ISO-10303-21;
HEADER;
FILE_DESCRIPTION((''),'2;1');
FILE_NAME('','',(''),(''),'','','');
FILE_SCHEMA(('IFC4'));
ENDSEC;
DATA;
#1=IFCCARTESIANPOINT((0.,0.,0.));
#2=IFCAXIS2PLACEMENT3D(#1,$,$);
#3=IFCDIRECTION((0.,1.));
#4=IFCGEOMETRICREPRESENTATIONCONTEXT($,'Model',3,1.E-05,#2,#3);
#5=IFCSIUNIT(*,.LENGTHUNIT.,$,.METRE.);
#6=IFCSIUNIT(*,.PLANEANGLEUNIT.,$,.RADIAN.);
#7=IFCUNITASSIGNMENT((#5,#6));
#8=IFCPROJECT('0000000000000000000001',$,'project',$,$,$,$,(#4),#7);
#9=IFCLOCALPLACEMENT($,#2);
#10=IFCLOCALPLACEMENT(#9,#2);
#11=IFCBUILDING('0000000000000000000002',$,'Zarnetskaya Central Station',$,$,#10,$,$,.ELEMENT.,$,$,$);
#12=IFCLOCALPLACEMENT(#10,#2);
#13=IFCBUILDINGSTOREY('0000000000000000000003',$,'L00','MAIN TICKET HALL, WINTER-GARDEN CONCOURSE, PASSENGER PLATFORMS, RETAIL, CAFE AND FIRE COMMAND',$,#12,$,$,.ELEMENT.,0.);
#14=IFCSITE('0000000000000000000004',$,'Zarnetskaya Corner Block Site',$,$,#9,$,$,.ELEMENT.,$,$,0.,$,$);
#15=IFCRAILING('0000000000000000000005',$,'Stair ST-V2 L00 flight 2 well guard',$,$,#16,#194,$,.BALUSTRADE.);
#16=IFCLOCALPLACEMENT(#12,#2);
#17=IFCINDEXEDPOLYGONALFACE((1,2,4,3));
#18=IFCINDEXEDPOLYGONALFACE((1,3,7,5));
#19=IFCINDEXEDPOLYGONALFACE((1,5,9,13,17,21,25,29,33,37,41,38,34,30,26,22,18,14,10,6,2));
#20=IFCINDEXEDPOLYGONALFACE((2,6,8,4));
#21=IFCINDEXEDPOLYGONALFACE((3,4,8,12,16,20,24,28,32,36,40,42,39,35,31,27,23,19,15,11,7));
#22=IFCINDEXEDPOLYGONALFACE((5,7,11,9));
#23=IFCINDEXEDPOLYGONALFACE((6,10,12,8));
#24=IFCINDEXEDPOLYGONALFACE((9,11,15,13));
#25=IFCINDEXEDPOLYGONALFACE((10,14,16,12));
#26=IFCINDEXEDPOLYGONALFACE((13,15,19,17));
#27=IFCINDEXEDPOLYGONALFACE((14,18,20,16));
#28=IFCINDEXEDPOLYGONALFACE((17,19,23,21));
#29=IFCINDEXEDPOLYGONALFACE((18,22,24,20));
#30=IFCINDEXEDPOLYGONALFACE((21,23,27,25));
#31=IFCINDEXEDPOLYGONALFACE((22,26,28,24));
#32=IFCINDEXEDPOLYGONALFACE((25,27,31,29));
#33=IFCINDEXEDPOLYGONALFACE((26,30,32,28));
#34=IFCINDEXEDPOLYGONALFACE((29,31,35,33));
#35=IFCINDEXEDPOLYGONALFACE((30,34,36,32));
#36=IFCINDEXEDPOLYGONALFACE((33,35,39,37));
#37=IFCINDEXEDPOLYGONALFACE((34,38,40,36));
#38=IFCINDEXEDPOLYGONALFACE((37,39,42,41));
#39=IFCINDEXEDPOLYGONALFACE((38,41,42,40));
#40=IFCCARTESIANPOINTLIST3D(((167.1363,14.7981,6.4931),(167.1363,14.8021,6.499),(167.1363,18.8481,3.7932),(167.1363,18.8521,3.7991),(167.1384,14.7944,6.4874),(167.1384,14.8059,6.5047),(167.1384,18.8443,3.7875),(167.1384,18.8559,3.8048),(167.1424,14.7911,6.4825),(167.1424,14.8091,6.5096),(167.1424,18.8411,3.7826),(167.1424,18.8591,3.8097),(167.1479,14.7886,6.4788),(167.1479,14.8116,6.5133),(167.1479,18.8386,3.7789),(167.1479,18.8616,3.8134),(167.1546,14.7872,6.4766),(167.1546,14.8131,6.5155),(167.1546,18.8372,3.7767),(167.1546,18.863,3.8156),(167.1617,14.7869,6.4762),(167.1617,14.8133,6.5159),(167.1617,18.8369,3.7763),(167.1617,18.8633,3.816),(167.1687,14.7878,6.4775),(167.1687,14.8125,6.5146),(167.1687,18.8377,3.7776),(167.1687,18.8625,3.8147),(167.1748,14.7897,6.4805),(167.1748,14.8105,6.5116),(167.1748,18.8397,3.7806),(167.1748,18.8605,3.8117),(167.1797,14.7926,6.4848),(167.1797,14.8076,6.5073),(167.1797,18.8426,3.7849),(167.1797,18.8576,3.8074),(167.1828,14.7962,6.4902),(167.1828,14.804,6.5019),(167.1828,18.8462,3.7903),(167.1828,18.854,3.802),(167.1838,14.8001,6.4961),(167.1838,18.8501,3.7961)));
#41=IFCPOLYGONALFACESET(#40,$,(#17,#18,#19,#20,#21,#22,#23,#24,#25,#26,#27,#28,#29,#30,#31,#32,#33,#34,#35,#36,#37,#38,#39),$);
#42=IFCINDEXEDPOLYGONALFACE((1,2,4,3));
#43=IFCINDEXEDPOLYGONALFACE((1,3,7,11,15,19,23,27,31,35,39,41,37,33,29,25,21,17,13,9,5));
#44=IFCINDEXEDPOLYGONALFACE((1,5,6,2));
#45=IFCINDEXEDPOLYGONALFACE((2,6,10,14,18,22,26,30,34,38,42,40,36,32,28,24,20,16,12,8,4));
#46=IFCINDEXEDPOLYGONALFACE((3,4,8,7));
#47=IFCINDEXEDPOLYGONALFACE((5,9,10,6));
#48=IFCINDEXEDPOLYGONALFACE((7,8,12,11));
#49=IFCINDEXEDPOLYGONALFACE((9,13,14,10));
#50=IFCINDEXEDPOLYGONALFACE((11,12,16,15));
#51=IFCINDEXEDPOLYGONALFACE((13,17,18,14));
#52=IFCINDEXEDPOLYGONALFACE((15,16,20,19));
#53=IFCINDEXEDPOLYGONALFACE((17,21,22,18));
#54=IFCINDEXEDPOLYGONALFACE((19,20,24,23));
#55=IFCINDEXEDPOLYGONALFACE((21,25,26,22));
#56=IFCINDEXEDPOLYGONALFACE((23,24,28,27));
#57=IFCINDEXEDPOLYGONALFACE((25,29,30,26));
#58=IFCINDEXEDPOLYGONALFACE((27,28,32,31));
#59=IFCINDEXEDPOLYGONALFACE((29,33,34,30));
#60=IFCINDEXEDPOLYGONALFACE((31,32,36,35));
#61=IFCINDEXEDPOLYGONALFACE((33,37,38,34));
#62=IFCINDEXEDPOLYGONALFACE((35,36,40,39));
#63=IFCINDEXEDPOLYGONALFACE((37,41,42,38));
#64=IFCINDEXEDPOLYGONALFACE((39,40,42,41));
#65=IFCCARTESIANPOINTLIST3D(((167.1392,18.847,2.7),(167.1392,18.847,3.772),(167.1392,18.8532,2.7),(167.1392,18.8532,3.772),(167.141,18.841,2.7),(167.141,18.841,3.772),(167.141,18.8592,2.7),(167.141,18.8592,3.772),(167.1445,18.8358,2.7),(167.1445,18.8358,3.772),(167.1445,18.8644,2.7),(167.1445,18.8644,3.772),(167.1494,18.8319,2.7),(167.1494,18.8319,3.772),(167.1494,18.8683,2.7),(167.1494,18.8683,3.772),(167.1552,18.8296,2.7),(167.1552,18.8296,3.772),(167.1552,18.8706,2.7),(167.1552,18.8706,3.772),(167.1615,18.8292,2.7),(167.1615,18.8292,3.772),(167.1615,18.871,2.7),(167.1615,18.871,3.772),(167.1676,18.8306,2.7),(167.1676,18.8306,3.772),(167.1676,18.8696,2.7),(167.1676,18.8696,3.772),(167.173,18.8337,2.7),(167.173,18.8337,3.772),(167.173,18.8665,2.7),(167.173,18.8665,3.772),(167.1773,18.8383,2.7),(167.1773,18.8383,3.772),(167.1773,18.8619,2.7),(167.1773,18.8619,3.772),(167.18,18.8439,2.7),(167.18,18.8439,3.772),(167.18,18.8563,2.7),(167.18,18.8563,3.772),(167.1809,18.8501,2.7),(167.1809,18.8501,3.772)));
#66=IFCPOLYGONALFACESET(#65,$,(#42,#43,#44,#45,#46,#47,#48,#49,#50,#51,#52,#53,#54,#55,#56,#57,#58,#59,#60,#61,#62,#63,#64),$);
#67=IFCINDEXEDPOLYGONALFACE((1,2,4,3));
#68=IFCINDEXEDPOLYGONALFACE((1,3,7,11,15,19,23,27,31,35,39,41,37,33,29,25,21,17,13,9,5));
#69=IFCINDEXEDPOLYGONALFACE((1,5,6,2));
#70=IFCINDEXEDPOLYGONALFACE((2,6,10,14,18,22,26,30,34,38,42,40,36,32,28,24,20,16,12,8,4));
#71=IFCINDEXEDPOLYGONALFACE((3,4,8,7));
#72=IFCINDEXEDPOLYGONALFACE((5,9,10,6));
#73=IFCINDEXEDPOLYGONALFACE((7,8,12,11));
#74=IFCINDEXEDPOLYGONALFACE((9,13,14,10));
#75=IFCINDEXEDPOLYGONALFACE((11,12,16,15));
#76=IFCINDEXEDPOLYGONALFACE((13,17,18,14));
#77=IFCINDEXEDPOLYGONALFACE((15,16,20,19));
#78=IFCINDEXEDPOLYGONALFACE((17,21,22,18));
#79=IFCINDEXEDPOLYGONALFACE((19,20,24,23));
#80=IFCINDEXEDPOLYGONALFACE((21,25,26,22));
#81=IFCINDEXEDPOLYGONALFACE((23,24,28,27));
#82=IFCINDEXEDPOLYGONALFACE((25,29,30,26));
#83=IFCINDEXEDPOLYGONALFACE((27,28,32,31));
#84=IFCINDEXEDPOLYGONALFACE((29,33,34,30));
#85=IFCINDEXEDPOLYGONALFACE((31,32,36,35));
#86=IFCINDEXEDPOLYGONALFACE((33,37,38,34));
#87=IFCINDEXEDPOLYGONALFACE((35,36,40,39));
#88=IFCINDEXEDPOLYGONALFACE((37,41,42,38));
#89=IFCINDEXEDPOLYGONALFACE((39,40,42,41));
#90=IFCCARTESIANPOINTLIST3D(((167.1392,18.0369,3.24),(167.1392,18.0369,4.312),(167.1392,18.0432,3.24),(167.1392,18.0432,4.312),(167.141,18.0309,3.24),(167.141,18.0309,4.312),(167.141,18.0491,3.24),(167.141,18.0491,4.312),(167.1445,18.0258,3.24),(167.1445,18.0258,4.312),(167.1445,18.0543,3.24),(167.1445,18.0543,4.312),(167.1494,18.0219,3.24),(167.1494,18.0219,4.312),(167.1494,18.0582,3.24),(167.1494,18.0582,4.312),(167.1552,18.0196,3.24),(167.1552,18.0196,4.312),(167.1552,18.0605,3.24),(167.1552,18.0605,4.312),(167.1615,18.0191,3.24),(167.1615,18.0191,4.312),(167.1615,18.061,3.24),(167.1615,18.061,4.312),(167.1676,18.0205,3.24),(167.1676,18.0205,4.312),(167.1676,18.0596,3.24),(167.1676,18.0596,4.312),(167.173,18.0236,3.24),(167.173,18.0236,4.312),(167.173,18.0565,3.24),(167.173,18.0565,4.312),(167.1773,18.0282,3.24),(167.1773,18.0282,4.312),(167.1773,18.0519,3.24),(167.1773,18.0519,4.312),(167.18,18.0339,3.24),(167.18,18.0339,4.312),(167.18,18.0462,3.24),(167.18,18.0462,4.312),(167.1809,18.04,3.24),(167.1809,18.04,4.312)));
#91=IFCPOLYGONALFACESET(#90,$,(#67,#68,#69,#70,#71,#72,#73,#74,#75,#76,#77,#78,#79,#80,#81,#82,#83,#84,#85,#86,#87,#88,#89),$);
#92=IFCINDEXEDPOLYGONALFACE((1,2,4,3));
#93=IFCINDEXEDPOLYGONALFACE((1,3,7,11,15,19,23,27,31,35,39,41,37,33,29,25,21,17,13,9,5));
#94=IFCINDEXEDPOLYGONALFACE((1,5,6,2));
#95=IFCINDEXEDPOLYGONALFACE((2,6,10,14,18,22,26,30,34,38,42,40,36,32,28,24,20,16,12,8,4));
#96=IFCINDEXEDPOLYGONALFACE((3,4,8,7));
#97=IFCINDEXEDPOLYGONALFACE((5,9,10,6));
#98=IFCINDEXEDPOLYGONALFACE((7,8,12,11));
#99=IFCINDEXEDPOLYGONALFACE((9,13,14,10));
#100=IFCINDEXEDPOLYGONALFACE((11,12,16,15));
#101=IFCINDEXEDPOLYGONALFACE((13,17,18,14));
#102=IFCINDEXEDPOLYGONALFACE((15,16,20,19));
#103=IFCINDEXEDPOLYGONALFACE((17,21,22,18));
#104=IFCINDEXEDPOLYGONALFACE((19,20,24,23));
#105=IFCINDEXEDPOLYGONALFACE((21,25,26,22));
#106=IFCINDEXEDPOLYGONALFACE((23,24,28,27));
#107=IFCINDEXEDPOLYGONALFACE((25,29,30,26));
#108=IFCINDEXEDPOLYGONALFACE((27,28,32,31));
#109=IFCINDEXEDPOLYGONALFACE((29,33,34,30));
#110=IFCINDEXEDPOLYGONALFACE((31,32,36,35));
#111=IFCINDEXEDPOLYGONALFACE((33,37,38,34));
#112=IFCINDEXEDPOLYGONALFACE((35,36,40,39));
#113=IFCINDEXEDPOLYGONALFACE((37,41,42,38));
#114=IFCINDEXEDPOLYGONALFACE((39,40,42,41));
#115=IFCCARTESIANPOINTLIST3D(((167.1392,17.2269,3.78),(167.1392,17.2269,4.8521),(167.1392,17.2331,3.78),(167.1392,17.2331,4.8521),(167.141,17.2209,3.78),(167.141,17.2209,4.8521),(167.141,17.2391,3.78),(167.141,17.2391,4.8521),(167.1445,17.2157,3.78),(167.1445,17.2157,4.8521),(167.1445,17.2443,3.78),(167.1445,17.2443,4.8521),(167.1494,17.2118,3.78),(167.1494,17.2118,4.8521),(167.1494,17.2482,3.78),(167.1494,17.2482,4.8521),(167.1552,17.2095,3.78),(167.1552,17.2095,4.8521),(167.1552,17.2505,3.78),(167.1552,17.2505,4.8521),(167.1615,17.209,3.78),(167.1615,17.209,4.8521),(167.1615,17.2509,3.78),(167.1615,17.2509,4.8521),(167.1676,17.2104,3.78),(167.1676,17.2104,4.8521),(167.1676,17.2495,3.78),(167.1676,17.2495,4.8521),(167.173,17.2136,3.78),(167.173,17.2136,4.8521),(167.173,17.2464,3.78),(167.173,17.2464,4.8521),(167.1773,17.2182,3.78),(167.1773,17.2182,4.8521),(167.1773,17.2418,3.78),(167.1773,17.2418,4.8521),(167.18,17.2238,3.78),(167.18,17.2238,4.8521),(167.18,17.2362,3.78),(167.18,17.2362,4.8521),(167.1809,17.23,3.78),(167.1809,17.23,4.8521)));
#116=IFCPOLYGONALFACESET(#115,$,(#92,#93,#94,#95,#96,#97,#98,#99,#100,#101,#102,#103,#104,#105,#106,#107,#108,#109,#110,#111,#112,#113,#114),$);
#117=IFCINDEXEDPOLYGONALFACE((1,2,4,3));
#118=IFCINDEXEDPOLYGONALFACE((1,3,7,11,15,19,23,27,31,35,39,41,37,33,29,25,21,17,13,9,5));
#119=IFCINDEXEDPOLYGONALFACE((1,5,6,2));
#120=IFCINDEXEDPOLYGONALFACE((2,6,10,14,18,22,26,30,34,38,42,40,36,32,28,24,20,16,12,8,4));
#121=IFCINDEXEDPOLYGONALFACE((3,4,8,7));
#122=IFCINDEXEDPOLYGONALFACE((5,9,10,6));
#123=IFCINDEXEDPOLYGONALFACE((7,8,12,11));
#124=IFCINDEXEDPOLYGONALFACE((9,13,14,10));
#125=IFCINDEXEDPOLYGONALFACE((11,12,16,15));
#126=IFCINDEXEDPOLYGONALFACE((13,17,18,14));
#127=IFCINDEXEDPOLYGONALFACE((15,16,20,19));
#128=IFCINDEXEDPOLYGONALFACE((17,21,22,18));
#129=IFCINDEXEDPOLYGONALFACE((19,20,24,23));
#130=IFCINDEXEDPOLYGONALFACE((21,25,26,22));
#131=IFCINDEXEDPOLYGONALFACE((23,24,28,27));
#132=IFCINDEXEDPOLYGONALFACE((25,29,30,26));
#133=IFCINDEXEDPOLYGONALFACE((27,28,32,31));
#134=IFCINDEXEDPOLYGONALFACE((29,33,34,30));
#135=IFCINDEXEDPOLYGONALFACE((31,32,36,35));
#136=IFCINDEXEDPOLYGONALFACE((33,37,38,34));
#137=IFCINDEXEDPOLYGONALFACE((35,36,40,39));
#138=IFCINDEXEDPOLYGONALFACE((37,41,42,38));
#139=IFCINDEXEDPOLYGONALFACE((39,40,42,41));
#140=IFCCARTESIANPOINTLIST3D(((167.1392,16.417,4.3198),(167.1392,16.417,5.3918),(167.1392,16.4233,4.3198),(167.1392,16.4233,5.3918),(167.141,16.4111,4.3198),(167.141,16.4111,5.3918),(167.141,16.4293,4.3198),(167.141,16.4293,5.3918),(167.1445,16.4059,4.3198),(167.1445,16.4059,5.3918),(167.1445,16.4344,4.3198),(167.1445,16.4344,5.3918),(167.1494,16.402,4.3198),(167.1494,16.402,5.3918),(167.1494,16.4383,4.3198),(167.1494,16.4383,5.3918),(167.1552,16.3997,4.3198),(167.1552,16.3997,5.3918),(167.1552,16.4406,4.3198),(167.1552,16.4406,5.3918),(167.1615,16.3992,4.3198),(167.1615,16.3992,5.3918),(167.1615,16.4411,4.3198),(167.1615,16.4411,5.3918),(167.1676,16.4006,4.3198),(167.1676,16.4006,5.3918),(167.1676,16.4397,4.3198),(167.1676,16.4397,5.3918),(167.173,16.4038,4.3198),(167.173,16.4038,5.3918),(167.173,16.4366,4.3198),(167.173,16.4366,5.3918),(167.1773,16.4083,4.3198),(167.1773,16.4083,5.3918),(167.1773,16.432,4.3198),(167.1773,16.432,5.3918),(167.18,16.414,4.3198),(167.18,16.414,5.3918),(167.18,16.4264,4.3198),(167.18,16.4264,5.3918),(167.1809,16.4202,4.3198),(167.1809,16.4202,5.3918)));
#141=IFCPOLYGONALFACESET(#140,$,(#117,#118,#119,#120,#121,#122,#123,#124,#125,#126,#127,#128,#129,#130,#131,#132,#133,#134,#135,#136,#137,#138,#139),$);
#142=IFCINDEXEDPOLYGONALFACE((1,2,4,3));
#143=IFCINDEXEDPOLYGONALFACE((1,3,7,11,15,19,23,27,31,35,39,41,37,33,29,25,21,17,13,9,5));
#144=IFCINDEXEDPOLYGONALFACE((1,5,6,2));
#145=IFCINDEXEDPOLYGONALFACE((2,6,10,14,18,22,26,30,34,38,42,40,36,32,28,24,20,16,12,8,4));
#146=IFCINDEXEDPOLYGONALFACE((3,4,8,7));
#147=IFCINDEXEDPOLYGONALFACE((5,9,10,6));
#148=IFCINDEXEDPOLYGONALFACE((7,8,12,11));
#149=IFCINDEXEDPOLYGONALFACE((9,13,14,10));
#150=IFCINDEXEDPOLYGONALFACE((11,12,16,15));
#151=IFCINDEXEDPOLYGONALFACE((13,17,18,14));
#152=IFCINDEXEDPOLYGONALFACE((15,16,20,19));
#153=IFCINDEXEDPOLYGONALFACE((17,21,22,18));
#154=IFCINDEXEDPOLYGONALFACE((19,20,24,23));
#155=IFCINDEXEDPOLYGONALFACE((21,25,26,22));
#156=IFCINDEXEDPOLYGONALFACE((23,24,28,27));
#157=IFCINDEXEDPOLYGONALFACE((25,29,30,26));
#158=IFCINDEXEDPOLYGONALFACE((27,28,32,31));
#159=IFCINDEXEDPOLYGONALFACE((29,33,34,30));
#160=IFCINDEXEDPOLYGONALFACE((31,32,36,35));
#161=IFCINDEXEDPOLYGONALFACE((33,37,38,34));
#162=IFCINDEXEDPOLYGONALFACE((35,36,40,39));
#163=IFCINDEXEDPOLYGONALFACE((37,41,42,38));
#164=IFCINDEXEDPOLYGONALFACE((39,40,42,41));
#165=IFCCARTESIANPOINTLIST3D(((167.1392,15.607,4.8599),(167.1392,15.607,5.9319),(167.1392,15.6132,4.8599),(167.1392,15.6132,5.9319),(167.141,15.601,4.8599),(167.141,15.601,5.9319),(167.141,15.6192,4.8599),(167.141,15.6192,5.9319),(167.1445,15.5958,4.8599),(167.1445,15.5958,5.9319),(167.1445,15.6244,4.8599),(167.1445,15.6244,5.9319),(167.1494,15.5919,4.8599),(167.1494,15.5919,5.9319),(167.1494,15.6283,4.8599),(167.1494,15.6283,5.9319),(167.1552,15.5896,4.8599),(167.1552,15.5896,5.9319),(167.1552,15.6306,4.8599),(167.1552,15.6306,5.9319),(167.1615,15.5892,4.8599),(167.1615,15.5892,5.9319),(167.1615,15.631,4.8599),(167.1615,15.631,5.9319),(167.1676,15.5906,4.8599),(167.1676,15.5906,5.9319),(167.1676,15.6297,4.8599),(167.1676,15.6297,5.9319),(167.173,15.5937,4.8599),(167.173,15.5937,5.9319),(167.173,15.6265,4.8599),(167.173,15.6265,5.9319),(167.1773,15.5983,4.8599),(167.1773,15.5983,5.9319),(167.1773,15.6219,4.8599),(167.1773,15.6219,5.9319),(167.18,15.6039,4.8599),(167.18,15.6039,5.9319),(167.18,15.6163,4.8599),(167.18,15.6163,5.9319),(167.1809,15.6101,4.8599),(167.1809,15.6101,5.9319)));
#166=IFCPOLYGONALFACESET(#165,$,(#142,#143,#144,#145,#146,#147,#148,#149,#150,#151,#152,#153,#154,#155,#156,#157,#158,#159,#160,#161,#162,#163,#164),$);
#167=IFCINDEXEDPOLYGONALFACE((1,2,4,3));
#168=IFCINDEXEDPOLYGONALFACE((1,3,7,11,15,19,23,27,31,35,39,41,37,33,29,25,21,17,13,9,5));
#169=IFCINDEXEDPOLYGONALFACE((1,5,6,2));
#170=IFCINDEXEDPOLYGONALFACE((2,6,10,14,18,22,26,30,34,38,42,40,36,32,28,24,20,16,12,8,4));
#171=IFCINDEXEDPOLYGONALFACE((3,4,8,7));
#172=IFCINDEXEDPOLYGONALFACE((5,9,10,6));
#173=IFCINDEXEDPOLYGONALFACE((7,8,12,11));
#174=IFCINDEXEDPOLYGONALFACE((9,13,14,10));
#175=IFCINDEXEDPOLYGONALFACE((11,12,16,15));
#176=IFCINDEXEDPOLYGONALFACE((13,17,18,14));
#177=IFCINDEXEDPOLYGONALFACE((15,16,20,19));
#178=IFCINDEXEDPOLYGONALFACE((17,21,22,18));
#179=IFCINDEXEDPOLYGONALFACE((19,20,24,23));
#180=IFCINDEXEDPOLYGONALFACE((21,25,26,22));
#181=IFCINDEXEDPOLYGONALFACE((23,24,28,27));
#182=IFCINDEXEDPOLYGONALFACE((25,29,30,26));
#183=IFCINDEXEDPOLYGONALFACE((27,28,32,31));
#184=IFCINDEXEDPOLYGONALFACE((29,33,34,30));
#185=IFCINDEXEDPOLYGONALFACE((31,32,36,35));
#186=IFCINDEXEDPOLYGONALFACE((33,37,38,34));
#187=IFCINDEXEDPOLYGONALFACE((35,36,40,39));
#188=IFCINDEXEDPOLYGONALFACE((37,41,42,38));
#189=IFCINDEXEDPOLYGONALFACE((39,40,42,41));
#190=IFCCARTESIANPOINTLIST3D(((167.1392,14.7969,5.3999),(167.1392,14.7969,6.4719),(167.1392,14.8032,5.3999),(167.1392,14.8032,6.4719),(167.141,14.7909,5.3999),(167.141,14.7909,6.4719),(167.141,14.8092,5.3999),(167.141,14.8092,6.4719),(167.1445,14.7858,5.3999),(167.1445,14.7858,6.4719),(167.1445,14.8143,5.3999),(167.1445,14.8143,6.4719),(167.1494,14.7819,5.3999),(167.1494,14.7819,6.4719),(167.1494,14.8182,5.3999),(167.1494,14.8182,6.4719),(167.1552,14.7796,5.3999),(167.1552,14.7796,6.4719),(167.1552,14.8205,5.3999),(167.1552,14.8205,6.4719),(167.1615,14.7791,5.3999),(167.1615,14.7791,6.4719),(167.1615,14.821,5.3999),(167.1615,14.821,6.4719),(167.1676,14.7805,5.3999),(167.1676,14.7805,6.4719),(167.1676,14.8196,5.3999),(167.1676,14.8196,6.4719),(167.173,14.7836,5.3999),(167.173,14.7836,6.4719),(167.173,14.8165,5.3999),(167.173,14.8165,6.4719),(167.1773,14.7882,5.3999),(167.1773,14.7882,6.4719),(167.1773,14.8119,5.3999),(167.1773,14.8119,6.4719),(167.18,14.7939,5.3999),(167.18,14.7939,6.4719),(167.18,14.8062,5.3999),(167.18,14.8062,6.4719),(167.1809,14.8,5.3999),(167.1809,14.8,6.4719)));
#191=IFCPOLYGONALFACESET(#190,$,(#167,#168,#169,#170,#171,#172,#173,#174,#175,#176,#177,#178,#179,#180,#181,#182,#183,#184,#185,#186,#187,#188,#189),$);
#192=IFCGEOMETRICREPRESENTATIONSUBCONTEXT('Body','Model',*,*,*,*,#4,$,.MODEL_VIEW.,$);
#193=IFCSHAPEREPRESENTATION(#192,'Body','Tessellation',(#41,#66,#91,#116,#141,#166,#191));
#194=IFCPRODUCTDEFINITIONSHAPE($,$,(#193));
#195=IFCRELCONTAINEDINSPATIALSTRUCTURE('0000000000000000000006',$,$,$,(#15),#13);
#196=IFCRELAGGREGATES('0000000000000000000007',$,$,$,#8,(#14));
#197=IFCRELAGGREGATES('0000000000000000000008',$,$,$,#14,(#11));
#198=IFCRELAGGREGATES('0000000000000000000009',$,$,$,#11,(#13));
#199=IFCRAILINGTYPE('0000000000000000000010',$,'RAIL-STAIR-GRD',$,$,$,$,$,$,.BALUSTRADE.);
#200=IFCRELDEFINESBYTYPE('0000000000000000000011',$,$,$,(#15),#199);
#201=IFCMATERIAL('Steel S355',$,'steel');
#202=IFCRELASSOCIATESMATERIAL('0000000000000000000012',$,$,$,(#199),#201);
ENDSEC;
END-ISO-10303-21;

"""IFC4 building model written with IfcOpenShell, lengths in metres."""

from ifc_helpers import new_model, si_unit, direction, frame, origin, origin_2d, place, context, subcontext, project, spatial, circle, extrude, material, type_object, element, save


model = new_model("IFC4")

# Units and contexts
model_context = context("Model", 3, precision=1e-05, world=origin(), true_north=direction((0.0, 1.0)))
body_context = subcontext(model_context, "Body", "Model", "MODEL_VIEW")
ifc_project = project(units=[si_unit("LENGTHUNIT", "METRE"), si_unit("PLANEANGLEUNIT", "RADIAN")], contexts=[model_context])

# Site, building, storey
site_placement = place(None, origin())
site = spatial("IfcSite", under=ifc_project, at=site_placement, Name="Zarnetskaya Corner Block Site", CompositionType="ELEMENT", RefElevation=0.0)
building_placement = place(site_placement, origin())
building = spatial("IfcBuilding", under=site, at=building_placement, Name="Zarnetskaya Central Station", CompositionType="ELEMENT")
storey_placement = place(building_placement, origin())
storey = spatial("IfcBuildingStorey", under=building, at=storey_placement, Name="L00", Description="MAIN TICKET HALL, WINTER-GARDEN CONCOURSE, PASSENGER PLATFORMS, RETAIL, CAFE AND FIRE COMMAND", CompositionType="ELEMENT", Elevation=0.0)

# Shared definitions
ifc_material_1 = material(Name="Steel S355", Category="steel")

# Railing
railing_type_1 = type_object("IfcRailingType", Name="RAIL-STAIR-GRD", PredefinedType="BALUSTRADE", material=ifc_material_1)
railing_1_placement = place(storey_placement, frame((167.1599, 18.8501, 2.7)))
element("IfcRailing", 1, at=railing_1_placement, inside=storey, type_object=railing_type_1, Name="Stair ST-V2 L00 flight 2 well guard", PredefinedType="BALUSTRADE", context=body_context, shape_type="SweptSolid", body=[
    extrude(circle(Radius=0.0239, at=origin_2d()), frame((0.0, 0.0, 1.0962), z_axis=(0.0, -0.832058, 0.554689), x_axis=(1.0, 0.0, 0.0)), (0.0, 0.0, 1.0), 4.8674),
    extrude(circle(Radius=0.021, at=origin_2d()), origin(), (0.0, 0.0, 1.0), 1.072),
    extrude(circle(Radius=0.021, at=origin_2d()), frame((0.0, -0.8101, 0.54)), (0.0, 0.0, 1.0), 1.072),
    extrude(circle(Radius=0.021, at=origin_2d()), frame((0.0, -1.6201, 1.0801)), (0.0, 0.0, 1.0), 1.072),
    extrude(circle(Radius=0.021, at=origin_2d()), frame((0.0, -2.4299, 1.6199)), (0.0, 0.0, 1.0), 1.072),
    extrude(circle(Radius=0.021, at=origin_2d()), frame((0.0, -3.24, 2.1599)), (0.0, 0.0, 1.0), 1.072),
    extrude(circle(Radius=0.021, at=origin_2d()), frame((0.0, -4.05, 2.7)), (0.0, 0.0, 1.0), 1.072),
])

save(model, "model.ifc")
